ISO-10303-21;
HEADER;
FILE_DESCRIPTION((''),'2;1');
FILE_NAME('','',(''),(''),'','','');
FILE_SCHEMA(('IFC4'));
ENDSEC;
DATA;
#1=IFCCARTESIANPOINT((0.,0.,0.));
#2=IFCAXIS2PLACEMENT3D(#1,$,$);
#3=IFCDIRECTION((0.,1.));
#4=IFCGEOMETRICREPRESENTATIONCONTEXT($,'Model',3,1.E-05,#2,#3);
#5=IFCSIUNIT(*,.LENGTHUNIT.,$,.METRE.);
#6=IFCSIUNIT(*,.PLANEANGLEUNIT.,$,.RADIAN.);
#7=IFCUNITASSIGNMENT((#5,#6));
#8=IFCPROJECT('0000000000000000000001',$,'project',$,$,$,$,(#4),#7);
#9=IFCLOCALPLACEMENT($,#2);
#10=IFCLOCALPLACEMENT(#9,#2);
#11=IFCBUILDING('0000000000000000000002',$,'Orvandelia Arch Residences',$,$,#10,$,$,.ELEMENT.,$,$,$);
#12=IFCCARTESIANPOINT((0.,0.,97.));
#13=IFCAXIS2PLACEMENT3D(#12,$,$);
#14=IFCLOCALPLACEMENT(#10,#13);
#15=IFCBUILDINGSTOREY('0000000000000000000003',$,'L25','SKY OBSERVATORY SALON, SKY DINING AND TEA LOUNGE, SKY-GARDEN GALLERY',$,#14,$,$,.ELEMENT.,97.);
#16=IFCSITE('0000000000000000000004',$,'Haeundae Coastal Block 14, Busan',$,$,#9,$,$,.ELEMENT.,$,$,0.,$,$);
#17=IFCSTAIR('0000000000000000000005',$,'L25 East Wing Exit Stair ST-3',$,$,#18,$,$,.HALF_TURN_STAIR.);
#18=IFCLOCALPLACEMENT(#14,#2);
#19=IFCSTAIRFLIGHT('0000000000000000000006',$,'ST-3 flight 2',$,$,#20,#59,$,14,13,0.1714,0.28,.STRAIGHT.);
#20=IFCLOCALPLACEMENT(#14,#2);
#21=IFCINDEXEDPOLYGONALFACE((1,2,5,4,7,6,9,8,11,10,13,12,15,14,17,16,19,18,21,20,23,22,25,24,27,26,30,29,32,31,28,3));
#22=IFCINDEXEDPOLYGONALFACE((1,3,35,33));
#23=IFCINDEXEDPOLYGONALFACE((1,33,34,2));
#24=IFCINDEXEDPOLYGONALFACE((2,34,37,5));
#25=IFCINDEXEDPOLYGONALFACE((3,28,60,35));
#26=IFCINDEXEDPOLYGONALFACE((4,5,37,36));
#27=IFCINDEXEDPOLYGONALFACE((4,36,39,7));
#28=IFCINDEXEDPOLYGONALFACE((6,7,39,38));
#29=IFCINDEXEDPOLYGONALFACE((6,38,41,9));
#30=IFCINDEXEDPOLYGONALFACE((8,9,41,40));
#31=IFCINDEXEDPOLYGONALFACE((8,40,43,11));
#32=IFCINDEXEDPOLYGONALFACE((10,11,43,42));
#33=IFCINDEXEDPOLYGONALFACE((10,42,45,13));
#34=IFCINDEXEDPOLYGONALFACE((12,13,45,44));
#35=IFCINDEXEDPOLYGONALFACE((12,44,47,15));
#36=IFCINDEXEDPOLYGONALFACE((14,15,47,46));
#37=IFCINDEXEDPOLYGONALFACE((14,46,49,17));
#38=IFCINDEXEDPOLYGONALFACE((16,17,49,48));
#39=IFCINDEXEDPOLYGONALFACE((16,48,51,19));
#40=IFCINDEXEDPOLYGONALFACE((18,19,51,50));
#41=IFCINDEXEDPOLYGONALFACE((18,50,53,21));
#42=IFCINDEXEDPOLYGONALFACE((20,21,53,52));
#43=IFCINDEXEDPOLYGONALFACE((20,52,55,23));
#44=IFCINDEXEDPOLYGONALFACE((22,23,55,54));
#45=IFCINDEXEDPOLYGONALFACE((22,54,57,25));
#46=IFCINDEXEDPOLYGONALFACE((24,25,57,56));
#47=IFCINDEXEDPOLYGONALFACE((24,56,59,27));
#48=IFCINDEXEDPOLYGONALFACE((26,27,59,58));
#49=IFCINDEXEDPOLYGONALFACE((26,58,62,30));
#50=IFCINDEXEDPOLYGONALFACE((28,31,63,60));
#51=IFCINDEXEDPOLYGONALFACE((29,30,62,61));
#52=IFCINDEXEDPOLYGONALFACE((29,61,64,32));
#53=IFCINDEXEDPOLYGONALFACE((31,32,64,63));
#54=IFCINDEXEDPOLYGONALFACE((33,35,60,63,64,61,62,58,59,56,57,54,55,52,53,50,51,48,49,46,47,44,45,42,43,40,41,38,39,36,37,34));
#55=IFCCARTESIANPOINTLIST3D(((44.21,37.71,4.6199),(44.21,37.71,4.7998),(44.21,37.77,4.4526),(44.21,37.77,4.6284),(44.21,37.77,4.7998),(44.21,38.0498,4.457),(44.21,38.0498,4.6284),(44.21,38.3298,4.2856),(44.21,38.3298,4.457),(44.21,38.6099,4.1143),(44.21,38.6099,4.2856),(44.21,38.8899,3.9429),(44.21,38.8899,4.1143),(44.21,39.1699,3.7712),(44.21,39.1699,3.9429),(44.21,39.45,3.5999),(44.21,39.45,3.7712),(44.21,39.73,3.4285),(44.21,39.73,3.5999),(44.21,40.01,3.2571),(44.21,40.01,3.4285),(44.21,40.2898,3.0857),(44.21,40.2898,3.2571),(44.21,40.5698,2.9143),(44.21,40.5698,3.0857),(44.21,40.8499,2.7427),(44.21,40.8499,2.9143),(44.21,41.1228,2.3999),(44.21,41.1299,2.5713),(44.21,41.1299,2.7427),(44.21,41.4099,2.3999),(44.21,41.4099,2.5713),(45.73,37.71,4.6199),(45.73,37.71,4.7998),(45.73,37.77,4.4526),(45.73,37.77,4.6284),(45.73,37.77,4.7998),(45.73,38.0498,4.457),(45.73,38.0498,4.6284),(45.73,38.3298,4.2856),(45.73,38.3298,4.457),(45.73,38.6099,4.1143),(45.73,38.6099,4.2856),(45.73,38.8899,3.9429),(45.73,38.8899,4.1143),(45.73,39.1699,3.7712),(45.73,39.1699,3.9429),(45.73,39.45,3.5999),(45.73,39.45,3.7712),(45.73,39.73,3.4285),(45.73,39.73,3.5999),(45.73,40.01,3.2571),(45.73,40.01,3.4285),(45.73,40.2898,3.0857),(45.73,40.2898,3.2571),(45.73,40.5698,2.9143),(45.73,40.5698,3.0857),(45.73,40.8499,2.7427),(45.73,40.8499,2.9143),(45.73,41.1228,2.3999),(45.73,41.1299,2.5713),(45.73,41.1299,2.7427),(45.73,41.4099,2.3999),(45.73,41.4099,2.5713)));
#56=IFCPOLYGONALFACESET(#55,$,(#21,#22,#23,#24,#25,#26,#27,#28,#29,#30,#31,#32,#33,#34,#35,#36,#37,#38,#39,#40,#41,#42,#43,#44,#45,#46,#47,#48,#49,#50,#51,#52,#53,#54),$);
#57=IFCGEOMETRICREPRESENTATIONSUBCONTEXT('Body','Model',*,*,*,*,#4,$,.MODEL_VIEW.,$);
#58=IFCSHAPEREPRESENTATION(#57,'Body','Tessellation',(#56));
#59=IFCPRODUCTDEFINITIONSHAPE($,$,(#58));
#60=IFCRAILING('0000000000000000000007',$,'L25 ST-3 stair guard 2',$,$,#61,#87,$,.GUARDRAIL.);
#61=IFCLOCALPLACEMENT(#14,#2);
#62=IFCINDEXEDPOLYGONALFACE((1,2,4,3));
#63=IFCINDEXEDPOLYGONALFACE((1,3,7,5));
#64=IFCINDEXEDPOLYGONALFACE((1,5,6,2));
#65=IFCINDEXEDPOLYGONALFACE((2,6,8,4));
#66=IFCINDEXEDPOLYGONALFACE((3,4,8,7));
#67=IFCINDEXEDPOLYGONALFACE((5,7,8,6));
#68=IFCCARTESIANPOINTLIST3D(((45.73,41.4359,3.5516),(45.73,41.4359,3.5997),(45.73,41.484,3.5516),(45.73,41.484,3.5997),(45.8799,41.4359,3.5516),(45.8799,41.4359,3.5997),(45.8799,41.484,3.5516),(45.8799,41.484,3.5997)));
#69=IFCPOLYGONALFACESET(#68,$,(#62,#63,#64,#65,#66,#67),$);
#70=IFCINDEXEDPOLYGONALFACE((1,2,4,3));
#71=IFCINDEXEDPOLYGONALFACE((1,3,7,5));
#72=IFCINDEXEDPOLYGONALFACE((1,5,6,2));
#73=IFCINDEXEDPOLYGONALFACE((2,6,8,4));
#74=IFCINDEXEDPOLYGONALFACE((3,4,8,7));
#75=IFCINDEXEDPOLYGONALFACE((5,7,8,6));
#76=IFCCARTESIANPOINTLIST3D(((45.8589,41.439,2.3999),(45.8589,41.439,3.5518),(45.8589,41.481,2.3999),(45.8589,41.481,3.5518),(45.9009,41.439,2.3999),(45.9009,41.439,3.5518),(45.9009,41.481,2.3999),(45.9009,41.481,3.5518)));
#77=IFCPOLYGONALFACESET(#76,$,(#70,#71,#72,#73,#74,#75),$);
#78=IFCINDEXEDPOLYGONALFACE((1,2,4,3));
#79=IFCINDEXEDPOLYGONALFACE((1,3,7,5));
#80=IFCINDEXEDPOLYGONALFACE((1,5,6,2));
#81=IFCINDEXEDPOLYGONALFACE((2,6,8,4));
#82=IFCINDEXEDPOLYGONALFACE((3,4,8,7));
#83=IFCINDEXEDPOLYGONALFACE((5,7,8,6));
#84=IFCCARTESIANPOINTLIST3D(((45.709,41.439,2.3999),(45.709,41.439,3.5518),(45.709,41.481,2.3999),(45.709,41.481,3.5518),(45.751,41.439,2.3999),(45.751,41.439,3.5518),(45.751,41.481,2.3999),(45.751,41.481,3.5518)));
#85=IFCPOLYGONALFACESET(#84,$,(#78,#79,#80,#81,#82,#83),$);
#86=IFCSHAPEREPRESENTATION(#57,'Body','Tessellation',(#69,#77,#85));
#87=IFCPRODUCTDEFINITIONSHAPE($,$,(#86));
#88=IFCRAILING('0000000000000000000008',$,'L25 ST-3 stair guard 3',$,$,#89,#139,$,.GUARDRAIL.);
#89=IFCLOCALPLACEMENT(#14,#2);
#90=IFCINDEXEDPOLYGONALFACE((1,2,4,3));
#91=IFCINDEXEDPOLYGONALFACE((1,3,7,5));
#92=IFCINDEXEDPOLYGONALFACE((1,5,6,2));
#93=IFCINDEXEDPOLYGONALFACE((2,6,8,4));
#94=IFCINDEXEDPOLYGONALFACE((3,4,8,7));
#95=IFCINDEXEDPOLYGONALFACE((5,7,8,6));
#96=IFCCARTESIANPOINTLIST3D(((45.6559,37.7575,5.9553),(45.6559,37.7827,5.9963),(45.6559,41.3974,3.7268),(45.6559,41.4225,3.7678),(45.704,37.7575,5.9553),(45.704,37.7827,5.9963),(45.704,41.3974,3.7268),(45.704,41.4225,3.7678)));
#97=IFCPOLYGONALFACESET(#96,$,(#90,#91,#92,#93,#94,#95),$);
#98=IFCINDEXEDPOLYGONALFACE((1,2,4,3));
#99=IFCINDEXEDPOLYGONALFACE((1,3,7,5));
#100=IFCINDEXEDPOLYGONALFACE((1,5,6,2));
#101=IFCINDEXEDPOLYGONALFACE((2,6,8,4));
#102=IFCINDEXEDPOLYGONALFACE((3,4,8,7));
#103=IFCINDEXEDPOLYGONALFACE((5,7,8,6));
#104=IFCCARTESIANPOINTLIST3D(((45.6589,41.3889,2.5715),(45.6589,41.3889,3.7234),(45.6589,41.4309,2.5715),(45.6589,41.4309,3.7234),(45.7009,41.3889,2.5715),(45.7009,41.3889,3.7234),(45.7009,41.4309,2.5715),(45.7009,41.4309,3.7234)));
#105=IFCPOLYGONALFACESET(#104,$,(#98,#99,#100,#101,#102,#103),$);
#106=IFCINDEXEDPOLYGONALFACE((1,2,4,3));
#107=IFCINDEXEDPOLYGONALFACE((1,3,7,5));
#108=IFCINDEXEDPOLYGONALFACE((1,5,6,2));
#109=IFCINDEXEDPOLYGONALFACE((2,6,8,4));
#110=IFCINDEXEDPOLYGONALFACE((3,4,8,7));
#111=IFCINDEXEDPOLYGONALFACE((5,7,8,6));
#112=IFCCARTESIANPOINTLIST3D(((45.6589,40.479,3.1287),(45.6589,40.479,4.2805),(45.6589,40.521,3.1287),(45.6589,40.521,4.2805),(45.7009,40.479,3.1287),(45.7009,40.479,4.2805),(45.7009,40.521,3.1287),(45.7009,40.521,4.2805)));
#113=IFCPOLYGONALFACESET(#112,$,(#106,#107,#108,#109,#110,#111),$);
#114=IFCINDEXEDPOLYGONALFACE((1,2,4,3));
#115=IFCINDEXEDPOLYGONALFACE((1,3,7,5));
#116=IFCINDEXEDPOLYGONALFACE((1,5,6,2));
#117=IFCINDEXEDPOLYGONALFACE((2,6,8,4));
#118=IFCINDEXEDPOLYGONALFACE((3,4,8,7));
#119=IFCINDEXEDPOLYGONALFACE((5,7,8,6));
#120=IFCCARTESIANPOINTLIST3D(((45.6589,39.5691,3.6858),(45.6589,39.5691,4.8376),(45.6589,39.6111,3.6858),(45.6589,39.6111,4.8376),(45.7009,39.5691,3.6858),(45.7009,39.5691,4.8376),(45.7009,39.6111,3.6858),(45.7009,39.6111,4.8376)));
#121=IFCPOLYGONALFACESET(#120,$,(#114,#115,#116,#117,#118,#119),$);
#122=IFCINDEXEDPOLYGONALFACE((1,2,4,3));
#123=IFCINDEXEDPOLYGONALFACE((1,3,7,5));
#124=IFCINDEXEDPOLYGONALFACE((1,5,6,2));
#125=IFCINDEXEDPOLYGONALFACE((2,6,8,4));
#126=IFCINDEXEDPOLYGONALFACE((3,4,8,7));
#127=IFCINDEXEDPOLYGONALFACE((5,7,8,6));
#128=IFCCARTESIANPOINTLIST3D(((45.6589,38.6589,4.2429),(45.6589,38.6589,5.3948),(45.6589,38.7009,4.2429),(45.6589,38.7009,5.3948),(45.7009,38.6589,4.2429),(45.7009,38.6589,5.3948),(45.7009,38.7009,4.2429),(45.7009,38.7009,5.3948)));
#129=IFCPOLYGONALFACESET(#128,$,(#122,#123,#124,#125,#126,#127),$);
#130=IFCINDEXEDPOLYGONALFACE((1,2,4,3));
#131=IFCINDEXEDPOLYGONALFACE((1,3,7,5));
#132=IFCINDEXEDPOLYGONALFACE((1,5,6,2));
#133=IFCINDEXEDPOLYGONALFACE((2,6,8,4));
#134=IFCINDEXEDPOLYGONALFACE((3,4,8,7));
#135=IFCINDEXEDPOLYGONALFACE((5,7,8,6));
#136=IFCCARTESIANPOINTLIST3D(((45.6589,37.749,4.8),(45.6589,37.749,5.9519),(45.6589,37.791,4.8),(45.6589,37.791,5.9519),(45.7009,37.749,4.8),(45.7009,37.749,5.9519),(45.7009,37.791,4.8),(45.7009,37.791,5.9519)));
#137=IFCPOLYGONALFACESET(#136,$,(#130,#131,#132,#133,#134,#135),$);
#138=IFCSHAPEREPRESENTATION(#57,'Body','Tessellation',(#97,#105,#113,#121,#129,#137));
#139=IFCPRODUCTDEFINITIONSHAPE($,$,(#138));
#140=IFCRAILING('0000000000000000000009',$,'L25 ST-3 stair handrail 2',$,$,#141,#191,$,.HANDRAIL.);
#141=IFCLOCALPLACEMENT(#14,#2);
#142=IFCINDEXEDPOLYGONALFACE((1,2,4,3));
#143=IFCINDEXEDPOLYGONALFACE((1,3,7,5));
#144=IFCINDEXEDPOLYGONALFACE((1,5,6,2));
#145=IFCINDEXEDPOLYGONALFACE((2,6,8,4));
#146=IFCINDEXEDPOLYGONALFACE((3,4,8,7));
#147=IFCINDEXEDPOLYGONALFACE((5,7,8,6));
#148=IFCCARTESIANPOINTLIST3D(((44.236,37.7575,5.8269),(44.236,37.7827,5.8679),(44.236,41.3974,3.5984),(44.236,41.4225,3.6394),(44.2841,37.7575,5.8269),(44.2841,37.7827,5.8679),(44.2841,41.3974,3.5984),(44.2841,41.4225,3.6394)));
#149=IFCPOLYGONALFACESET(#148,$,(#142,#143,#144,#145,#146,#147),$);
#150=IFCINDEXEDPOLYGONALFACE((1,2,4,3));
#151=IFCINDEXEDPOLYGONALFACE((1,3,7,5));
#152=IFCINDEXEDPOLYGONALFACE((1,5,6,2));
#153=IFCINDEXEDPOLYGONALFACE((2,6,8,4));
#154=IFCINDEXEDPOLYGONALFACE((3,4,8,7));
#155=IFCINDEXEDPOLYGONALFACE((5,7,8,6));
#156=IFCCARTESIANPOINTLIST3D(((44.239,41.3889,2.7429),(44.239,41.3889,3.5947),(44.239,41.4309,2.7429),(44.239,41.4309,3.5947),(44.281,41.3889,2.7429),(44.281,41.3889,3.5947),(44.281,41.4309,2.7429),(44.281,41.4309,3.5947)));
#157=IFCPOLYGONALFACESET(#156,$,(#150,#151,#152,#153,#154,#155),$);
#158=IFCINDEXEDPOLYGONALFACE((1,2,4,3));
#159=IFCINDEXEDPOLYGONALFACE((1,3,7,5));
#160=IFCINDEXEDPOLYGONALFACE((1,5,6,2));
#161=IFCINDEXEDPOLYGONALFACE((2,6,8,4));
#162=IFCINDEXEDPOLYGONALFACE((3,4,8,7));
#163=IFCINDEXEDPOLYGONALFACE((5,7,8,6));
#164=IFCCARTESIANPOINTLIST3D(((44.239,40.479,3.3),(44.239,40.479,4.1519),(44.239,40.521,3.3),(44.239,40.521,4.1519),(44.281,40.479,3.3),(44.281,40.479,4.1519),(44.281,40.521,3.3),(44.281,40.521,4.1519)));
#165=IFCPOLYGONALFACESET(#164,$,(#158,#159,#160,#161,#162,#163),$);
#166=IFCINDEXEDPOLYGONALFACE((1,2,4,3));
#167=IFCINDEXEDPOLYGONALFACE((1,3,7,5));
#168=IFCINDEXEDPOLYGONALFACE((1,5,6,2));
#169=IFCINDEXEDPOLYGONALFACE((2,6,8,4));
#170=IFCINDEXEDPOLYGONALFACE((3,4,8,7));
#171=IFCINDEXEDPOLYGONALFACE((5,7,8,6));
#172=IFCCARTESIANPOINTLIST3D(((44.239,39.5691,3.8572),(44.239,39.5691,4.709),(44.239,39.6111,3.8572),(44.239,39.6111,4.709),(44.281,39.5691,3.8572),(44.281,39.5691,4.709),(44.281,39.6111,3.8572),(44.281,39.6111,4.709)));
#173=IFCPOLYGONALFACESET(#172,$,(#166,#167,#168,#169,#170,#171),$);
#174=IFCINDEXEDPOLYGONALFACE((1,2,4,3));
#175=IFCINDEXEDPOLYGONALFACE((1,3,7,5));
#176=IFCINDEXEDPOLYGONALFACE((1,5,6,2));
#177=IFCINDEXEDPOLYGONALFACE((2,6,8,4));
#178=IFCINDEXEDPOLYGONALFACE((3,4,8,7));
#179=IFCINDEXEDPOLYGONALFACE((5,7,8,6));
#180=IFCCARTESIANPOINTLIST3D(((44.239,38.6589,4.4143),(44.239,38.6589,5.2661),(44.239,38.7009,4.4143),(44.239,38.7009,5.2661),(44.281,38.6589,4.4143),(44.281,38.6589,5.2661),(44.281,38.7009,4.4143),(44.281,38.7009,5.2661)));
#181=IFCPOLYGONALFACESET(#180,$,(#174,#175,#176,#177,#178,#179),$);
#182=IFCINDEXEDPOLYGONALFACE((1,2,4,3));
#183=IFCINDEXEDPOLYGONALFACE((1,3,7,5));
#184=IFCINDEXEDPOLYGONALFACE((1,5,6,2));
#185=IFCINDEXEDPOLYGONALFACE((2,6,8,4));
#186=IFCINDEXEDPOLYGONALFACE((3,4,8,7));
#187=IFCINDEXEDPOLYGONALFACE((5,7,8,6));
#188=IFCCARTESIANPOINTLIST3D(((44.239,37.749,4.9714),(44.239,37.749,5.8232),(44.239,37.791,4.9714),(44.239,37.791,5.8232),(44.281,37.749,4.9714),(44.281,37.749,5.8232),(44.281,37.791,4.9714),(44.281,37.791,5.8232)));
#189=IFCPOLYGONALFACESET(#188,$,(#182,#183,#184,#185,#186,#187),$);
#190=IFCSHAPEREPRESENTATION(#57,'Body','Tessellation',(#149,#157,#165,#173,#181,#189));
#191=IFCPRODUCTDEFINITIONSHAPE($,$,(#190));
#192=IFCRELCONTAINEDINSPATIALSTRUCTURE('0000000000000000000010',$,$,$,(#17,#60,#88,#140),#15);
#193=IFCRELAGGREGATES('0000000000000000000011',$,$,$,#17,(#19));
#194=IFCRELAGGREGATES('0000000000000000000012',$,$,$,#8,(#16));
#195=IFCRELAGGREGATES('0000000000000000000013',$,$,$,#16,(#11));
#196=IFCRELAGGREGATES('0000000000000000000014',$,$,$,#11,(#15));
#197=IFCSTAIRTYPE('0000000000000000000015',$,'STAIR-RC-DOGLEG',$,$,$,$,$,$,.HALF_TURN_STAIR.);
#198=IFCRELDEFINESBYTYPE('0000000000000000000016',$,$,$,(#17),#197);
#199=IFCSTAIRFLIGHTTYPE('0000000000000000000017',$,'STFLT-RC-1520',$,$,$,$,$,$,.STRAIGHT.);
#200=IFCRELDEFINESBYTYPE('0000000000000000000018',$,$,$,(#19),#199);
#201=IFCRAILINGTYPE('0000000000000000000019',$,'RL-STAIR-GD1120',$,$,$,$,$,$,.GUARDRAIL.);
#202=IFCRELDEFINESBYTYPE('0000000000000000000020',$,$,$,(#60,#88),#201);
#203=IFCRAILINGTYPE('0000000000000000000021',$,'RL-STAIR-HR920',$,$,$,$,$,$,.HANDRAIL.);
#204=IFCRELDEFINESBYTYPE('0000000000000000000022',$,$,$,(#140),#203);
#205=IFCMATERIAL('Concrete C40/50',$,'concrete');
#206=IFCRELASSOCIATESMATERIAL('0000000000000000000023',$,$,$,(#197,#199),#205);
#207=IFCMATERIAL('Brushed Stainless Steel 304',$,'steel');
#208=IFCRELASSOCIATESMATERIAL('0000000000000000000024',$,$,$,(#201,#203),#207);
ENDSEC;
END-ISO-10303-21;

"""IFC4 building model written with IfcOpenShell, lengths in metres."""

from ifc_helpers import new_model, si_unit, direction, frame, origin, origin_2d, place, context, subcontext, project, spatial, polyline, rectangle, outline, extrude, material, type_object, element, aggregate, save


model = new_model("IFC4")

# Units and contexts
model_context = context("Model", 3, precision=1e-05, world=origin(), true_north=direction((0.0, 1.0)))
body_context = subcontext(model_context, "Body", "Model", "MODEL_VIEW")
ifc_project = project(units=[si_unit("LENGTHUNIT", "METRE"), si_unit("PLANEANGLEUNIT", "RADIAN")], contexts=[model_context])

# Site, building, storey
site_placement = place(None, origin())
site = spatial("IfcSite", under=ifc_project, at=site_placement, Name="Haeundae Coastal Block 14, Busan", CompositionType="ELEMENT", RefElevation=0.0)
building_placement = place(site_placement, origin())
building = spatial("IfcBuilding", under=site, at=building_placement, Name="Orvandelia Arch Residences", CompositionType="ELEMENT")
storey_placement = place(building_placement, frame((0.0, 0.0, 97.0)))
storey = spatial("IfcBuildingStorey", under=building, at=storey_placement, Name="L25", Description="SKY OBSERVATORY SALON, SKY DINING AND TEA LOUNGE, SKY-GARDEN GALLERY", CompositionType="ELEMENT", Elevation=97.0)

# Stair, stair flight
ifc_material_1 = material(Name="Concrete C40/50", Category="concrete")
stair_type = type_object("IfcStairType", Name="STAIR-RC-DOGLEG", PredefinedType="HALF_TURN_STAIR", material=ifc_material_1)
stair_placement = place(storey_placement, origin())
stair = element("IfcStair", 1, at=stair_placement, inside=storey, type_object=stair_type, Name="L25 East Wing Exit Stair ST-3", PredefinedType="HALF_TURN_STAIR")
stair_flight_type = type_object("IfcStairFlightType", Name="STFLT-RC-1520", PredefinedType="STRAIGHT", material=ifc_material_1)
stair_flight_placement = place(storey_placement, frame((44.97, 41.4099, 2.3999), z_axis=(0.0, 0.0, 1.0), x_axis=(0.0, -1.0, 0.0)))
stair_flight = element("IfcStairFlight", 2, at=stair_flight_placement, type_object=stair_flight_type, Name="ST-3 flight 2", NumberOfRisers=14, NumberOfTreads=13, PredefinedType="STRAIGHT", RiserHeight=0.1714, TreadLength=0.28, context=body_context, shape_type="SweptSolid", body=[
    extrude(outline(polyline([(0.0, 0.0), (0.0, 0.1714), (0.28, 0.1714), (0.28, 0.3428), (0.5601, 0.3428), (0.5601, 0.5144), (0.8401, 0.5144), (0.8401, 0.6858), (1.1201, 0.6858), (1.1201, 0.8572), (1.3999, 0.8572), (1.3999, 1.0286), (1.6799, 1.0286), (1.6799, 1.2), (1.96, 1.2), (1.96, 1.3713), (2.24, 1.3713), (2.24, 1.543), (2.52, 1.543), (2.52, 1.7144), (2.8, 1.7144), (2.8, 1.8857), (3.0801, 1.8857), (3.0801, 2.0571), (3.3601, 2.0571), (3.3601, 2.2285), (3.6399, 2.2285), (3.6399, 2.3999), (3.7, 2.3999), (3.7, 2.22), (3.6399, 2.0527), (0.2871, 0.0), (0.0, 0.0)])), frame((0.0, 0.76, 0.0), z_axis=(0.0, -1.0, 0.0), x_axis=(1.0, 0.0, 0.0)), (0.0, 0.0, 1.0), 1.52),
])
aggregate(stair, [stair_flight])

# Railings
ifc_material_2 = material(Name="Brushed Stainless Steel 304", Category="steel")
railing_type_1 = type_object("IfcRailingType", Name="RL-STAIR-GD1120", PredefinedType="GUARDRAIL", material=ifc_material_2)
railing_1_placement = place(storey_placement, frame((45.8799, 41.46, 2.3999)))
element("IfcRailing", 3, at=railing_1_placement, inside=storey, type_object=railing_type_1, Name="L25 ST-3 stair guard 2", PredefinedType="GUARDRAIL", context=body_context, shape_type="SweptSolid", body=[
    extrude(rectangle(XDim=0.0481, YDim=0.0481, at=origin_2d()), frame((0.0, 0.0, 1.1758), z_axis=(-1.0, 0.0, 0.0), x_axis=(0.0, -1.0, 0.0)), (0.0, 0.0, 1.0), 0.1499),
    extrude(rectangle(XDim=0.042, YDim=0.042, at=origin_2d()), origin(), (0.0, 0.0, 1.0), 1.1519),
    extrude(rectangle(XDim=0.042, YDim=0.042, at=origin_2d()), frame((-0.1499, 0.0, 0.0)), (0.0, 0.0, 1.0), 1.1519),
])
railing_2_placement = place(storey_placement, frame((45.6799, 41.4099, 2.5715)))
element("IfcRailing", 4, at=railing_2_placement, inside=storey, type_object=railing_type_1, Name="L25 ST-3 stair guard 3", PredefinedType="GUARDRAIL", context=body_context, shape_type="SweptSolid", body=[
    extrude(rectangle(XDim=0.0481, YDim=0.0481, at=origin_2d()), frame((0.0, 0.0, 1.1758), z_axis=(0.0, -0.85285, 0.522156), x_axis=(1.0, 0.0, 0.0)), (0.0, 0.0, 1.0), 4.2678),
    extrude(rectangle(XDim=0.042, YDim=0.042, at=origin_2d()), origin(), (0.0, 0.0, 1.0), 1.1519),
    extrude(rectangle(XDim=0.042, YDim=0.042, at=origin_2d()), frame((0.0, -0.9099, 0.5571)), (0.0, 0.0, 1.0), 1.1519),
    extrude(rectangle(XDim=0.042, YDim=0.042, at=origin_2d()), frame((0.0, -1.8198, 1.1143)), (0.0, 0.0, 1.0), 1.1519),
    extrude(rectangle(XDim=0.042, YDim=0.042, at=origin_2d()), frame((0.0, -2.73, 1.6714)), (0.0, 0.0, 1.0), 1.1519),
    extrude(rectangle(XDim=0.042, YDim=0.042, at=origin_2d()), frame((0.0, -3.6399, 2.2285)), (0.0, 0.0, 1.0), 1.1519),
])
railing_type_2 = type_object("IfcRailingType", Name="RL-STAIR-HR920", PredefinedType="HANDRAIL", material=ifc_material_2)
railing_3_placement = place(storey_placement, frame((44.26, 41.4099, 2.7429)))
element("IfcRailing", 5, at=railing_3_placement, inside=storey, type_object=railing_type_2, Name="L25 ST-3 stair handrail 2", PredefinedType="HANDRAIL", context=body_context, shape_type="SweptSolid", body=[
    extrude(rectangle(XDim=0.0481, YDim=0.0481, at=origin_2d()), frame((0.0, 0.0, 0.876), z_axis=(0.0, -0.85285, 0.522156), x_axis=(1.0, 0.0, 0.0)), (0.0, 0.0, 1.0), 4.2678),
    extrude(rectangle(XDim=0.042, YDim=0.042, at=origin_2d()), origin(), (0.0, 0.0, 1.0), 0.8518),
    extrude(rectangle(XDim=0.042, YDim=0.042, at=origin_2d()), frame((0.0, -0.9099, 0.5571)), (0.0, 0.0, 1.0), 0.8518),
    extrude(rectangle(XDim=0.042, YDim=0.042, at=origin_2d()), frame((0.0, -1.8198, 1.1143)), (0.0, 0.0, 1.0), 0.8518),
    extrude(rectangle(XDim=0.042, YDim=0.042, at=origin_2d()), frame((0.0, -2.73, 1.6714)), (0.0, 0.0, 1.0), 0.8518),
    extrude(rectangle(XDim=0.042, YDim=0.042, at=origin_2d()), frame((0.0, -3.6399, 2.2285)), (0.0, 0.0, 1.0), 0.8518),
])

save(model, "model.ifc")
